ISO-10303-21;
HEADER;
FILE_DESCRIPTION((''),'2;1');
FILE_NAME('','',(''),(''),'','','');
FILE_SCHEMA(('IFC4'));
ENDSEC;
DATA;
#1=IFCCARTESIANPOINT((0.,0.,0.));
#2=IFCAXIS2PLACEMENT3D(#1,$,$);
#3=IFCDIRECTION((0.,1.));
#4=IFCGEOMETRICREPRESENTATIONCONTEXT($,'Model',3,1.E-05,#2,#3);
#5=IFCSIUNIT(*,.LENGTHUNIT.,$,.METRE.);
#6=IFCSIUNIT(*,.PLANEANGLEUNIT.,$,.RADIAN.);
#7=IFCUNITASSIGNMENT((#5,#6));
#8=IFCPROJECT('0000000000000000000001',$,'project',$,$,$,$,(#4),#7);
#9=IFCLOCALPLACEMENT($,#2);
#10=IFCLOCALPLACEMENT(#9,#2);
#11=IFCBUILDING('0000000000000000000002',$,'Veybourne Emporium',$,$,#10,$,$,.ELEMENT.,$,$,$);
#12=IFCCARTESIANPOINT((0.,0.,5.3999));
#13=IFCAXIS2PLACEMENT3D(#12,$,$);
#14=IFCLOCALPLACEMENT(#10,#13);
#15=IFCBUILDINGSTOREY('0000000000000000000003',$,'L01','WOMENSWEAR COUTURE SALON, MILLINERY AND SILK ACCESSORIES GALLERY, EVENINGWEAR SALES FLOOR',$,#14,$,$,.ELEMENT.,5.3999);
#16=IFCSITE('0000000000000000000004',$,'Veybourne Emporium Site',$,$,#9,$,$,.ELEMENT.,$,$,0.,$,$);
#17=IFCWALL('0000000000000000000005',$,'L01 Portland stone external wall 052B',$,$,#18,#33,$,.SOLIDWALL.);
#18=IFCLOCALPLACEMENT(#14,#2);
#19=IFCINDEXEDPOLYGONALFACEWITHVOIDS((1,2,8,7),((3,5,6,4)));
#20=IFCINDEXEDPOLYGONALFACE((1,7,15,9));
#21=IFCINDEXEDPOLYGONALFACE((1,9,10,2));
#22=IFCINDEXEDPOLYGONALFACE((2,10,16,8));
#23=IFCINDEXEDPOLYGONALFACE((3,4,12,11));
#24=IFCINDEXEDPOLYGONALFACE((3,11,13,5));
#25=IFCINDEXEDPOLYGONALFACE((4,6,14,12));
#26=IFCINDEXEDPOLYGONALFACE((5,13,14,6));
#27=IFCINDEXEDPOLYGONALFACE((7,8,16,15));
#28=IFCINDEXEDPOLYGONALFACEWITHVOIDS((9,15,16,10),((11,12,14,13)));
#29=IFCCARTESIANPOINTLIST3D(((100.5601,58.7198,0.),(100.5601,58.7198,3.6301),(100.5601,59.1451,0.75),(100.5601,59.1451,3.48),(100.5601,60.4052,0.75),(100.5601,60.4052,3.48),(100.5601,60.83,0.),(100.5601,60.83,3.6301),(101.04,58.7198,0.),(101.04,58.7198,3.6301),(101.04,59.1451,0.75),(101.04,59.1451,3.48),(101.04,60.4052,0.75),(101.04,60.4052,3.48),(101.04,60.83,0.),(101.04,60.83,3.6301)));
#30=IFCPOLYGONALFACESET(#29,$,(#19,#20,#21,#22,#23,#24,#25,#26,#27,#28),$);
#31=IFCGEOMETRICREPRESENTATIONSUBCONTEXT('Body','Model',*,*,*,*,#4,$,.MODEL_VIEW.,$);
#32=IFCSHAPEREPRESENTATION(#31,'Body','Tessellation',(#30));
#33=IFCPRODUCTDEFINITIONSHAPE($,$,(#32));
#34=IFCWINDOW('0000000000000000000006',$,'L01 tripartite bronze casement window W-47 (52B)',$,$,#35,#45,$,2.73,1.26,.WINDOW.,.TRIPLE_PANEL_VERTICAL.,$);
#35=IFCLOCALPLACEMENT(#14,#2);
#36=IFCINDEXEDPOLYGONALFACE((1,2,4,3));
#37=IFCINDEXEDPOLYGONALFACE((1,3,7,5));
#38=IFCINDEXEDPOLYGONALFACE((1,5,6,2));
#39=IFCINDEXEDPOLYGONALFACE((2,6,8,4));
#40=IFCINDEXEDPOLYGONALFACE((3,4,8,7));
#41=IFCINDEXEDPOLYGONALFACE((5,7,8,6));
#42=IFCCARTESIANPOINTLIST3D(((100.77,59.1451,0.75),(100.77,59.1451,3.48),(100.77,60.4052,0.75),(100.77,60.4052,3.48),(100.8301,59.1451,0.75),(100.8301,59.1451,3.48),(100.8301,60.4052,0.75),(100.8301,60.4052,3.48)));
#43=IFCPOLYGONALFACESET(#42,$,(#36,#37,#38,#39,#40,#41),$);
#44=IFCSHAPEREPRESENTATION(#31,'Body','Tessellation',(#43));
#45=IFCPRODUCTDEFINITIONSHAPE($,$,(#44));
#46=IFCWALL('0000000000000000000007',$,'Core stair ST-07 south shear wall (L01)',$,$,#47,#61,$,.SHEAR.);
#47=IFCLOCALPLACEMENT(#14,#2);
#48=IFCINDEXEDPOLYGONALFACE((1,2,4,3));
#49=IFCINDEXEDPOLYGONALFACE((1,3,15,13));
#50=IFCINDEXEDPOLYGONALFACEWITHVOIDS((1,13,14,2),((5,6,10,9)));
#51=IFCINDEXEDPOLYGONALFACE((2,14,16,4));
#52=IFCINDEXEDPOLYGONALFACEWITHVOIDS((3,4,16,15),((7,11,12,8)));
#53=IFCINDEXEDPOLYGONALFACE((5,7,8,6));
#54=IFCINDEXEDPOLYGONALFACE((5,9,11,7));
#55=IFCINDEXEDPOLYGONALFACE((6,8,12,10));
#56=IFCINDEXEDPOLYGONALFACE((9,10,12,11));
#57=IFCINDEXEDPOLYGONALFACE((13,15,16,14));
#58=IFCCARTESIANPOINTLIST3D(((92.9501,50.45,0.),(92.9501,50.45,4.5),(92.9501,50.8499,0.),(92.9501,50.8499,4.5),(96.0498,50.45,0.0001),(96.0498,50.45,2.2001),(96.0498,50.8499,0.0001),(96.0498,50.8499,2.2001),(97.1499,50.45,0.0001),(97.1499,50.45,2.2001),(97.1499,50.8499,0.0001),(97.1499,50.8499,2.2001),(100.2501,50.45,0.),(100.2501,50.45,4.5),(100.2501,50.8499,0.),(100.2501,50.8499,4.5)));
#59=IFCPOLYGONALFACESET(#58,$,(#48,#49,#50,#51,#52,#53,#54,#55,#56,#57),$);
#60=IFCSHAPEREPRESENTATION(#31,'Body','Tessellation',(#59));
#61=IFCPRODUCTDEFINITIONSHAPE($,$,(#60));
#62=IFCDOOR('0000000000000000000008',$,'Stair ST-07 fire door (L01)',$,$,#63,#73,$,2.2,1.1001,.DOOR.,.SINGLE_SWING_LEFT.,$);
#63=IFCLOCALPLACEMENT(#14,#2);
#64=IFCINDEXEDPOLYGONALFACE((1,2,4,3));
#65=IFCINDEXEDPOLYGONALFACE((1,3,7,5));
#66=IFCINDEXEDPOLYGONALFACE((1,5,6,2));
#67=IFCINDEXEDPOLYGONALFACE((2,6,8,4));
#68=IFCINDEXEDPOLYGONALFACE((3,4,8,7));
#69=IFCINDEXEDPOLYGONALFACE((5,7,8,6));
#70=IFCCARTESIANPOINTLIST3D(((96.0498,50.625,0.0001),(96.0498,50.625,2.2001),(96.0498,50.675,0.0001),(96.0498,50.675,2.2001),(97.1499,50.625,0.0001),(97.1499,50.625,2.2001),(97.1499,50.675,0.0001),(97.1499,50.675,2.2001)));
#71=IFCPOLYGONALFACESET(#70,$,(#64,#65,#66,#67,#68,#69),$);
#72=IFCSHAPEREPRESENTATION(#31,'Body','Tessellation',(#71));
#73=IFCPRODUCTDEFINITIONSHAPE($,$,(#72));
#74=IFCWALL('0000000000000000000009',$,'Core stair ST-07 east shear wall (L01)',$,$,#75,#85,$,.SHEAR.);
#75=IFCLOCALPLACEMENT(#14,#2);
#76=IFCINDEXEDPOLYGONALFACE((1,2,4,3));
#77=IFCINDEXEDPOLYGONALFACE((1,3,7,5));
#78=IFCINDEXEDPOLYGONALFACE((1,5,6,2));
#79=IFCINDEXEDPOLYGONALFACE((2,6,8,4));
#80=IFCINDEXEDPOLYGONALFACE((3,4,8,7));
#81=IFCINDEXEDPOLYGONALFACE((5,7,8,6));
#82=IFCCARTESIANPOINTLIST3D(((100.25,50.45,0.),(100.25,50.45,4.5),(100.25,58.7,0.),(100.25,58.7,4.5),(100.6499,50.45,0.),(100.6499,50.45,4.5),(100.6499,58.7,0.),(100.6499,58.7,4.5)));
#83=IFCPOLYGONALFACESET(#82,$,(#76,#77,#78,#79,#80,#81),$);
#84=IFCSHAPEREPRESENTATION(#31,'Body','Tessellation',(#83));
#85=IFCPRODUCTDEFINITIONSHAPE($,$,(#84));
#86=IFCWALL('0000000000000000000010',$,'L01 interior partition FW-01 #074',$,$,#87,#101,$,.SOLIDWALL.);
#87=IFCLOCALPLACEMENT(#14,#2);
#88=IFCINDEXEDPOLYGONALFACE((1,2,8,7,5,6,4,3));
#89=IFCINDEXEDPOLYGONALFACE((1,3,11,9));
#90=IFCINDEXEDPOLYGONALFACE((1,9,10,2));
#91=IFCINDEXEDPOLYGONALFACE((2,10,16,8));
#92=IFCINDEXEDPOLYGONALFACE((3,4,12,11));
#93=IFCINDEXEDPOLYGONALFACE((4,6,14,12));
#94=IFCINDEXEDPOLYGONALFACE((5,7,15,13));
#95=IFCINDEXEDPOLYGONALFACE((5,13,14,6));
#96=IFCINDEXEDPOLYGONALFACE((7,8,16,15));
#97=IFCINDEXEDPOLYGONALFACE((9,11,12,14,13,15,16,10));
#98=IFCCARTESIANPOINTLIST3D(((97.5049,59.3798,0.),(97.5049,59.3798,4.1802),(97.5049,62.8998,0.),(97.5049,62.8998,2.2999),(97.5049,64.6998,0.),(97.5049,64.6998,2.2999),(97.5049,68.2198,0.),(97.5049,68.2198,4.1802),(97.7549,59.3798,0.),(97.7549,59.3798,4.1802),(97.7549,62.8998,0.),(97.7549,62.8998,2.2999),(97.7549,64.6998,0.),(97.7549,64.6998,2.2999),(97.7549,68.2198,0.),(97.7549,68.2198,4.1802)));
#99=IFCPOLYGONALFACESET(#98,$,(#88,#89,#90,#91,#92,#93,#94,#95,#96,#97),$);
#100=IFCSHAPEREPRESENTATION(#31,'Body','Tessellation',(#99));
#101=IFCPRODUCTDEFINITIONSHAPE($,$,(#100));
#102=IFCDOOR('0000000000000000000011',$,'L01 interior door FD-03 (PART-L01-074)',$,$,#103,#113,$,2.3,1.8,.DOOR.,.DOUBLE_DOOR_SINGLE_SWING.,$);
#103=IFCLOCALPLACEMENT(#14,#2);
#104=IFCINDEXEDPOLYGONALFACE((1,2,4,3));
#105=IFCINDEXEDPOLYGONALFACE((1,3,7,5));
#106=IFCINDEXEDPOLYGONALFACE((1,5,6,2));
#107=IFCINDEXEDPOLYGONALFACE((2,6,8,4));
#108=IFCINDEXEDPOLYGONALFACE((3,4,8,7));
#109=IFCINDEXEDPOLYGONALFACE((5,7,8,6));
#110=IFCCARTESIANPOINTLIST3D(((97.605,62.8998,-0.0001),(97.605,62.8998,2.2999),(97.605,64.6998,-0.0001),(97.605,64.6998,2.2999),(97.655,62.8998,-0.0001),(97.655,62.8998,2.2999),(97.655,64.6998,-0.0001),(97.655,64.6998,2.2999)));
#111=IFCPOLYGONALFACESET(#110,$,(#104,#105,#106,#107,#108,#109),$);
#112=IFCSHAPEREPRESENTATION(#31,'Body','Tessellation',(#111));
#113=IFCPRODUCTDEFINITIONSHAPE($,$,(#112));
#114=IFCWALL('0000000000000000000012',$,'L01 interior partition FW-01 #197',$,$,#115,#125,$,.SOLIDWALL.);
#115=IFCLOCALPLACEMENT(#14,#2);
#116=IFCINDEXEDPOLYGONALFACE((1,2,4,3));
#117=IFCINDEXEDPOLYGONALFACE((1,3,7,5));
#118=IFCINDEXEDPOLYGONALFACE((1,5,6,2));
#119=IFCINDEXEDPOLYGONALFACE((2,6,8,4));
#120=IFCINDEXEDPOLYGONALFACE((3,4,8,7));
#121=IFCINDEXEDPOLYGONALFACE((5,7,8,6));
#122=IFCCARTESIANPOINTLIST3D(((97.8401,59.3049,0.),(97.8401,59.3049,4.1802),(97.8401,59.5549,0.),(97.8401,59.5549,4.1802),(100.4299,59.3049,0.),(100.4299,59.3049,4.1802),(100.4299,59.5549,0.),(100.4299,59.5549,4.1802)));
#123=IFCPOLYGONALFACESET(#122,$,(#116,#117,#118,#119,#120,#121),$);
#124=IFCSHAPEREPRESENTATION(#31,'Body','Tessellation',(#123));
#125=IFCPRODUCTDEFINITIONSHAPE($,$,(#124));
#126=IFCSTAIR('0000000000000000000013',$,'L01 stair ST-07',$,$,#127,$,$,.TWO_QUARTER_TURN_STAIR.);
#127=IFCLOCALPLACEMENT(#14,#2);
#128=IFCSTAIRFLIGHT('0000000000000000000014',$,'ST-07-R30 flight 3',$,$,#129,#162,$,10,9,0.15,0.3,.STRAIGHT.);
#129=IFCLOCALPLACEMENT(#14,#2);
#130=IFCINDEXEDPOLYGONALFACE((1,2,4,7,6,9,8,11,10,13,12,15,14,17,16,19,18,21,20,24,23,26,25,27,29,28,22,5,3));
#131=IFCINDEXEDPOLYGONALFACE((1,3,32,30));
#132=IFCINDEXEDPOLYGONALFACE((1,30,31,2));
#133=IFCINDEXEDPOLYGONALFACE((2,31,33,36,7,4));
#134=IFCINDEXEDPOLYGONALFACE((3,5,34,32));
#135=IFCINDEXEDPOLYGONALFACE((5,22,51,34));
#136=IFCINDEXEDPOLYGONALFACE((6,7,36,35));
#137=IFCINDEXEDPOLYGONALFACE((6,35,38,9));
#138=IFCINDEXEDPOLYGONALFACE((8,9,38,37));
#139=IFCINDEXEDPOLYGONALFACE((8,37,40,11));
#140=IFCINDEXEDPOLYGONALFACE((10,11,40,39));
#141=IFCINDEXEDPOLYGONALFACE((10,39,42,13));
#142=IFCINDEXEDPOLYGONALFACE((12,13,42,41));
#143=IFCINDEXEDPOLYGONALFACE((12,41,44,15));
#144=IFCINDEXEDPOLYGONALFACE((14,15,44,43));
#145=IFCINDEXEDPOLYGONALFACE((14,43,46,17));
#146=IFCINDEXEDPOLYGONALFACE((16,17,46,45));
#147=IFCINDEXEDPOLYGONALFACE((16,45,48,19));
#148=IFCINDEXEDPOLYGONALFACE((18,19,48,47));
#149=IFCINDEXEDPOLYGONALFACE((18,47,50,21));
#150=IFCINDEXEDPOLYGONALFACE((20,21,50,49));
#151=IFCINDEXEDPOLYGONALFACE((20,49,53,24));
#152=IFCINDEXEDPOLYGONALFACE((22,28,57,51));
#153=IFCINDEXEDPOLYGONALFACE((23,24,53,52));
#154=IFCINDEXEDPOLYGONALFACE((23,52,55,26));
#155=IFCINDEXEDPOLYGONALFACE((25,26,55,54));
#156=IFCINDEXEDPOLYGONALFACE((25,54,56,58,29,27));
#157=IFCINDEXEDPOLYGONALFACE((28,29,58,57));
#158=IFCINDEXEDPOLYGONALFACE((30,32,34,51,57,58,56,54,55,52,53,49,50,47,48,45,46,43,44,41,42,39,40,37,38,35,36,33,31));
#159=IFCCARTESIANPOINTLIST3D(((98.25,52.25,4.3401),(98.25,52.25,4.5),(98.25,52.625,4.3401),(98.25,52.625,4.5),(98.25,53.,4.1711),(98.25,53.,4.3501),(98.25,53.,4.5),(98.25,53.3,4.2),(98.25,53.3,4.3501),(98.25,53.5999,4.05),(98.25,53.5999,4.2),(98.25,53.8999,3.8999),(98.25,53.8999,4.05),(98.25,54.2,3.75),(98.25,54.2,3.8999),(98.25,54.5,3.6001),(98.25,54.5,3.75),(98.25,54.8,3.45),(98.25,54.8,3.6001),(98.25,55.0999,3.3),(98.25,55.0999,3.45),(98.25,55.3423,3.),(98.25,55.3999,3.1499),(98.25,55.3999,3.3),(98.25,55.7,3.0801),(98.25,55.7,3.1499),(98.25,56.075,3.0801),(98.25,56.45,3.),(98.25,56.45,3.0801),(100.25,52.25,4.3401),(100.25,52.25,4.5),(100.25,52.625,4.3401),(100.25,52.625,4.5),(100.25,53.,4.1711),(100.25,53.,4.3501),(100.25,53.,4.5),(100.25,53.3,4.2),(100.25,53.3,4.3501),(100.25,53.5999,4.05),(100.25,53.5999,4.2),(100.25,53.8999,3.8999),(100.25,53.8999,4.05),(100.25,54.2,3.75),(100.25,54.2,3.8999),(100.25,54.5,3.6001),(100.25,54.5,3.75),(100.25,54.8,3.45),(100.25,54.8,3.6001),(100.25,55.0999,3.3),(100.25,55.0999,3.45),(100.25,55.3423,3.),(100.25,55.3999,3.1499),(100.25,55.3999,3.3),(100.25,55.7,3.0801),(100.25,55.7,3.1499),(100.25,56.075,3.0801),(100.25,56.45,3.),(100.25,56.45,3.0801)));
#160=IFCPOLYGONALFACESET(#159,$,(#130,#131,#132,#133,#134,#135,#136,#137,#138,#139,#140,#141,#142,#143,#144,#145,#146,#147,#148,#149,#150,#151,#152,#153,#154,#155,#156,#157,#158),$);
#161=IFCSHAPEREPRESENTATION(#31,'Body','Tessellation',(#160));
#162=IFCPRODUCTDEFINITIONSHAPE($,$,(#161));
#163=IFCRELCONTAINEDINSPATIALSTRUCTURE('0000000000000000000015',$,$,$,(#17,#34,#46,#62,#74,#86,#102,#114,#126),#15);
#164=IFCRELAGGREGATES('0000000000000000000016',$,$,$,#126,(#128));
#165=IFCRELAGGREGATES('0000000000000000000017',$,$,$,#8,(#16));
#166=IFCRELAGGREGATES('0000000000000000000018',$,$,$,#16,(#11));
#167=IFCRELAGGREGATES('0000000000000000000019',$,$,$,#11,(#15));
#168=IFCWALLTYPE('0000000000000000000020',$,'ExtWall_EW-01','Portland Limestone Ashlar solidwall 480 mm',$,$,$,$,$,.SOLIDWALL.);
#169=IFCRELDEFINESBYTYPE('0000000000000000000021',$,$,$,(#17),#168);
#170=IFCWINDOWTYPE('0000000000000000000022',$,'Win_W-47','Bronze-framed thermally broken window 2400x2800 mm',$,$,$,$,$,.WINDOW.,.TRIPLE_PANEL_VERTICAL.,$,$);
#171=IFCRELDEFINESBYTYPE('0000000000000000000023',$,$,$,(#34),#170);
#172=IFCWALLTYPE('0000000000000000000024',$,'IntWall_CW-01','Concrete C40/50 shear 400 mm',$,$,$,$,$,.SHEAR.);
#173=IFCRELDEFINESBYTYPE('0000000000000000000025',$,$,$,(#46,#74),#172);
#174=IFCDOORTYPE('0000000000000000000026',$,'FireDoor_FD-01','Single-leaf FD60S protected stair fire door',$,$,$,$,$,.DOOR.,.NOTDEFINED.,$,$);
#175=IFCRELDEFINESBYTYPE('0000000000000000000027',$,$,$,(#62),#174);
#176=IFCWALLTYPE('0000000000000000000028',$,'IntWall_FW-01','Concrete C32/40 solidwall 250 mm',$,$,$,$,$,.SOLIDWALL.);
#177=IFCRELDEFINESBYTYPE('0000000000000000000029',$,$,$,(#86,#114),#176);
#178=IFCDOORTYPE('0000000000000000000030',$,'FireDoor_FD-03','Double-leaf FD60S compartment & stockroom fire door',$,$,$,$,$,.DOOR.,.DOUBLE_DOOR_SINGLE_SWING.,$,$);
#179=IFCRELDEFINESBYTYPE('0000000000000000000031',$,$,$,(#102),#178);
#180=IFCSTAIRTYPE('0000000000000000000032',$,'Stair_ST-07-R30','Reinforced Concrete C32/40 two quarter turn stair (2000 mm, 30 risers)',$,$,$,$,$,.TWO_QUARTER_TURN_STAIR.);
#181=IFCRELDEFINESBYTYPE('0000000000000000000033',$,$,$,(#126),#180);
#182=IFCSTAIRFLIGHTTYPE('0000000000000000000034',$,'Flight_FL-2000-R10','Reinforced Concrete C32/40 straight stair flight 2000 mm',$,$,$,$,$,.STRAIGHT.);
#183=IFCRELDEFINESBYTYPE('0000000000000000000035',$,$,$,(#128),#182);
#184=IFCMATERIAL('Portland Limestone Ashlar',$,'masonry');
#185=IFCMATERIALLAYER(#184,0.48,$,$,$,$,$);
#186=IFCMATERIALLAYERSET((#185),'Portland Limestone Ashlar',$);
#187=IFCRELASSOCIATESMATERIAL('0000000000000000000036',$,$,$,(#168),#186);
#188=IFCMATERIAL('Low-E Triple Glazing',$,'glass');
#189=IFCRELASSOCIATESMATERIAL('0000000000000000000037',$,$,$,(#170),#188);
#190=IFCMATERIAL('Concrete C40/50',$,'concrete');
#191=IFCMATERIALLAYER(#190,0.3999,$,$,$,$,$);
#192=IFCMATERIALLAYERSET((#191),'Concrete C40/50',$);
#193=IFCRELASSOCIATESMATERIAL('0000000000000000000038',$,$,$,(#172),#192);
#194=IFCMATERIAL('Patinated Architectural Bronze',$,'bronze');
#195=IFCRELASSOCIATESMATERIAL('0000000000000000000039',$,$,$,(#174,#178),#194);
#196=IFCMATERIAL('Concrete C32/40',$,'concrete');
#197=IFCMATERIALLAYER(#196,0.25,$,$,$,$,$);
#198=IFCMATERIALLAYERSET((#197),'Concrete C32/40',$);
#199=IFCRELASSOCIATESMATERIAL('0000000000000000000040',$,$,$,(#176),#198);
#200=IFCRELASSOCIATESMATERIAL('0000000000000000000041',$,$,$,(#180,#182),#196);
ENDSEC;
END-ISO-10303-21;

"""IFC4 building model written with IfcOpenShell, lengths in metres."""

from ifc_helpers import new_model, si_unit, direction, frame, frame_2d, origin, place, context, subcontext, project, spatial, polyline, rectangle, outline, extrude, material, layer, layer_set, type_object, element, fill, aggregate, save


model = new_model("IFC4")

# Units and contexts
model_context = context("Model", 3, precision=1e-05, world=origin(), true_north=direction((0.0, 1.0)))
body_context = subcontext(model_context, "Body", "Model", "MODEL_VIEW")
ifc_project = project(units=[si_unit("LENGTHUNIT", "METRE"), si_unit("PLANEANGLEUNIT", "RADIAN")], contexts=[model_context])

# Site, building, storey
site_placement = place(None, origin())
site = spatial("IfcSite", under=ifc_project, at=site_placement, Name="Veybourne Emporium Site", CompositionType="ELEMENT", RefElevation=0.0)
building_placement = place(site_placement, origin())
building = spatial("IfcBuilding", under=site, at=building_placement, Name="Veybourne Emporium", CompositionType="ELEMENT")
storey_placement = place(building_placement, frame((0.0, 0.0, 5.3999)))
storey = spatial("IfcBuildingStorey", under=building, at=storey_placement, Name="L01", Description="WOMENSWEAR COUTURE SALON, MILLINERY AND SILK ACCESSORIES GALLERY, EVENINGWEAR SALES FLOOR", CompositionType="ELEMENT", Elevation=5.3999)

# Shared definitions
ifc_material_1 = material(Name="Concrete C40/50", Category="concrete")

# Shared definitions
ifc_material_2 = material(Name="Concrete C32/40", Category="concrete")

# Shared definitions
ifc_material_3 = material(Name="Portland Limestone Ashlar", Category="masonry")
ifc_layer_1 = layer(ifc_material_3, 0.48)
ifc_layer_set_1 = layer_set([ifc_layer_1], Name="Portland Limestone Ashlar")
wall_type_1 = type_object("IfcWallType", Name="ExtWall_EW-01", Description="Portland Limestone Ashlar solidwall 480 mm", PredefinedType="SOLIDWALL", material=ifc_layer_set_1)
ifc_material_4 = material(Name="Low-E Triple Glazing", Category="glass")

# Wall, opening, window
wall_1_placement = place(storey_placement, frame((100.8, 60.8301, 0.0), z_axis=(0.0, 0.0, 1.0), x_axis=(0.0, -1.0, 0.0)))
wall_1 = element("IfcWall", 1, at=wall_1_placement, inside=storey, type_object=wall_type_1, Name="L01 Portland stone external wall 052B", PredefinedType="SOLIDWALL", context=body_context, shape_type="SweptSolid", body=[
    extrude(rectangle(XDim=2.1101, YDim=0.48, at=frame_2d((1.0552, 0.0))), origin(), (0.0, 0.0, 1.0), 3.6301),
])
opening_1_placement = place(wall_1_placement, frame((0.425, 0.0, 0.75)))
opening_1 = element("IfcOpeningElement", 2, at=opening_1_placement, cuts=wall_1, PredefinedType="OPENING", context=body_context, shape_type="SweptSolid", body=[
    extrude(rectangle(XDim=1.26, YDim=2.73, at=frame_2d((0.6299, 1.365))), frame((0.0, 0.26, 0.0), z_axis=(0.0, -1.0, 0.0), x_axis=(1.0, 0.0, 0.0)), (0.0, 0.0, 1.0), 0.52),
])
window_type_1 = type_object("IfcWindowType", Name="Win_W-47", Description="Bronze-framed thermally broken window 2400x2800 mm", PartitioningType="TRIPLE_PANEL_VERTICAL", PredefinedType="WINDOW", material=ifc_material_4)
window_1_placement = place(opening_1_placement, origin())
window_1 = element("IfcWindow", 3, at=window_1_placement, inside=storey, type_object=window_type_1, Name="L01 tripartite bronze casement window W-47 (52B)", OverallHeight=2.73, OverallWidth=1.26, PartitioningType="TRIPLE_PANEL_VERTICAL", PredefinedType="WINDOW", context=body_context, shape_type="SweptSolid", body=[
    extrude(rectangle(XDim=1.26, YDim=2.73, at=frame_2d((0.6299, 1.365))), frame((0.0, 0.03, 0.0), z_axis=(0.0, -1.0, 0.0), x_axis=(1.0, 0.0, 0.0)), (0.0, 0.0, 1.0), 0.0601),
])
fill(opening_1, window_1)

# Wall, opening, door
ifc_layer_2 = layer(ifc_material_1, 0.3999)
ifc_layer_set_2 = layer_set([ifc_layer_2], Name="Concrete C40/50")
wall_type_2 = type_object("IfcWallType", Name="IntWall_CW-01", Description="Concrete C40/50 shear 400 mm", PredefinedType="SHEAR", material=ifc_layer_set_2)
wall_2_placement = place(storey_placement, frame((100.25, 50.6499, 0.0), z_axis=(0.0, 0.0, 1.0), x_axis=(-1.0, 0.0, 0.0)))
wall_2 = element("IfcWall", 4, at=wall_2_placement, inside=storey, type_object=wall_type_2, Name="Core stair ST-07 south shear wall (L01)", PredefinedType="SHEAR", context=body_context, shape_type="SweptSolid", body=[
    extrude(rectangle(XDim=7.3, YDim=0.3999, at=frame_2d((3.6499, 0.0))), origin(), (0.0, 0.0, 1.0), 4.5),
])
opening_2_placement = place(wall_2_placement, frame((3.1001, 0.0, 0.0)))
opening_2 = element("IfcOpeningElement", 5, at=opening_2_placement, cuts=wall_2, PredefinedType="OPENING", context=body_context, shape_type="SweptSolid", body=[
    extrude(rectangle(XDim=1.1001, YDim=2.2, at=frame_2d((0.55, 1.1001))), frame((0.0, 0.22, 0.0), z_axis=(0.0, -1.0, 0.0), x_axis=(1.0, 0.0, 0.0)), (0.0, 0.0, 1.0), 0.4399),
])
ifc_material_5 = material(Name="Patinated Architectural Bronze", Category="bronze")
door_type_1 = type_object("IfcDoorType", Name="FireDoor_FD-01", Description="Single-leaf FD60S protected stair fire door", OperationType="NOTDEFINED", PredefinedType="DOOR", material=ifc_material_5)
door_1_placement = place(opening_2_placement, origin())
door_1 = element("IfcDoor", 6, at=door_1_placement, inside=storey, type_object=door_type_1, Name="Stair ST-07 fire door (L01)", OperationType="SINGLE_SWING_LEFT", OverallHeight=2.2, OverallWidth=1.1001, PredefinedType="DOOR", context=body_context, shape_type="SweptSolid", body=[
    extrude(rectangle(XDim=1.1001, YDim=2.2, at=frame_2d((0.55, 1.1001))), frame((0.0, 0.0249, 0.0), z_axis=(0.0, -1.0, 0.0), x_axis=(1.0, 0.0, 0.0)), (0.0, 0.0, 1.0), 0.05),
])
fill(opening_2, door_1)

# Wall
wall_3_placement = place(storey_placement, frame((100.45, 50.45, 0.0), z_axis=(0.0, 0.0, 1.0), x_axis=(0.0, 1.0, 0.0)))
element("IfcWall", 7, at=wall_3_placement, inside=storey, type_object=wall_type_2, Name="Core stair ST-07 east shear wall (L01)", PredefinedType="SHEAR", context=body_context, shape_type="SweptSolid", body=[
    extrude(rectangle(XDim=8.25, YDim=0.3999, at=frame_2d((4.125, 0.0))), origin(), (0.0, 0.0, 1.0), 4.5),
])

# Wall, opening, door
ifc_layer_3 = layer(ifc_material_2, 0.25)
ifc_layer_set_3 = layer_set([ifc_layer_3], Name="Concrete C32/40")
wall_type_3 = type_object("IfcWallType", Name="IntWall_FW-01", Description="Concrete C32/40 solidwall 250 mm", PredefinedType="SOLIDWALL", material=ifc_layer_set_3)
wall_4_placement = place(storey_placement, frame((97.6299, 59.3799, 0.0), z_axis=(0.0, 0.0, 1.0), x_axis=(0.0, 1.0, 0.0)))
wall_4 = element("IfcWall", 8, at=wall_4_placement, inside=storey, type_object=wall_type_3, Name="L01 interior partition FW-01 #074", PredefinedType="SOLIDWALL", context=body_context, shape_type="SweptSolid", body=[
    extrude(rectangle(XDim=8.8401, YDim=0.25, at=frame_2d((4.4199, 0.0))), origin(), (0.0, 0.0, 1.0), 4.1802),
])
opening_3_placement = place(wall_4_placement, frame((3.52, 0.0, 0.0)))
opening_3 = element("IfcOpeningElement", 9, at=opening_3_placement, cuts=wall_4, PredefinedType="OPENING", context=body_context, shape_type="SweptSolid", body=[
    extrude(rectangle(XDim=1.8, YDim=2.3, at=frame_2d((0.8999, 1.1499))), frame((0.0, 0.145, 0.0), z_axis=(0.0, -1.0, 0.0), x_axis=(1.0, 0.0, 0.0)), (0.0, 0.0, 1.0), 0.29),
])
door_type_2 = type_object("IfcDoorType", Name="FireDoor_FD-03", Description="Double-leaf FD60S compartment & stockroom fire door", OperationType="DOUBLE_DOOR_SINGLE_SWING", PredefinedType="DOOR", material=ifc_material_5)
door_2_placement = place(opening_3_placement, origin())
door_2 = element("IfcDoor", 10, at=door_2_placement, inside=storey, type_object=door_type_2, Name="L01 interior door FD-03 (PART-L01-074)", OperationType="DOUBLE_DOOR_SINGLE_SWING", OverallHeight=2.3, OverallWidth=1.8, PredefinedType="DOOR", context=body_context, shape_type="SweptSolid", body=[
    extrude(rectangle(XDim=1.8, YDim=2.3, at=frame_2d((0.8999, 1.1499))), frame((0.0, 0.0249, 0.0), z_axis=(0.0, -1.0, 0.0), x_axis=(1.0, 0.0, 0.0)), (0.0, 0.0, 1.0), 0.05),
])
fill(opening_3, door_2)

# Wall
wall_5_placement = place(storey_placement, frame((97.8401, 59.4299, 0.0), z_axis=(0.0, 0.0, 1.0), x_axis=(1.0, 0.0, 0.0)))
element("IfcWall", 11, at=wall_5_placement, inside=storey, type_object=wall_type_3, Name="L01 interior partition FW-01 #197", PredefinedType="SOLIDWALL", context=body_context, shape_type="SweptSolid", body=[
    extrude(rectangle(XDim=2.5898, YDim=0.25, at=frame_2d((1.2949, 0.0))), origin(), (0.0, 0.0, 1.0), 4.1802),
])

# Stair, stair flight
stair_type = type_object("IfcStairType", Name="Stair_ST-07-R30", Description="Reinforced Concrete C32/40 two quarter turn stair (2000 mm, 30 risers)", PredefinedType="TWO_QUARTER_TURN_STAIR", material=ifc_material_2)
stair_placement = place(storey_placement, origin())
stair = element("IfcStair", 12, at=stair_placement, inside=storey, type_object=stair_type, Name="L01 stair ST-07", PredefinedType="TWO_QUARTER_TURN_STAIR")
stair_flight_type = type_object("IfcStairFlightType", Name="Flight_FL-2000-R10", Description="Reinforced Concrete C32/40 straight stair flight 2000 mm", PredefinedType="STRAIGHT", material=ifc_material_2)
stair_flight_placement = place(storey_placement, frame((99.25, 55.7, 3.0), z_axis=(0.0, 0.0, 1.0), x_axis=(0.0, -1.0, 0.0)))
stair_flight = element("IfcStairFlight", 13, at=stair_flight_placement, type_object=stair_flight_type, Name="ST-07-R30 flight 3", NumberOfRisers=10, NumberOfTreads=9, PredefinedType="STRAIGHT", RiserHeight=0.15, TreadLength=0.3, context=body_context, shape_type="SweptSolid", body=[
    extrude(outline(polyline([(-0.75, 0.0), (-0.75, 0.0801), (-0.375, 0.0801), (0.0, 0.0801), (0.0, 0.1499), (0.3, 0.1499), (0.3, 0.3), (0.6001, 0.3), (0.6001, 0.45), (0.8999, 0.45), (0.8999, 0.6001), (1.2, 0.6001), (1.2, 0.75), (1.5, 0.75), (1.5, 0.8999), (1.8, 0.8999), (1.8, 1.05), (2.1001, 1.05), (2.1001, 1.2), (2.3999, 1.2), (2.3999, 1.3501), (2.7, 1.3501), (2.7, 1.5), (3.075, 1.5), (3.45, 1.5), (3.45, 1.3401), (3.075, 1.3401), (2.7, 1.1711), (0.3577, 0.0), (-0.75, 0.0)])), frame((0.0, 1.0, 0.0), z_axis=(0.0, -1.0, 0.0), x_axis=(1.0, 0.0, 0.0)), (0.0, 0.0, 1.0), 2.0),
])
aggregate(stair, [stair_flight])

save(model, "model.ifc")
